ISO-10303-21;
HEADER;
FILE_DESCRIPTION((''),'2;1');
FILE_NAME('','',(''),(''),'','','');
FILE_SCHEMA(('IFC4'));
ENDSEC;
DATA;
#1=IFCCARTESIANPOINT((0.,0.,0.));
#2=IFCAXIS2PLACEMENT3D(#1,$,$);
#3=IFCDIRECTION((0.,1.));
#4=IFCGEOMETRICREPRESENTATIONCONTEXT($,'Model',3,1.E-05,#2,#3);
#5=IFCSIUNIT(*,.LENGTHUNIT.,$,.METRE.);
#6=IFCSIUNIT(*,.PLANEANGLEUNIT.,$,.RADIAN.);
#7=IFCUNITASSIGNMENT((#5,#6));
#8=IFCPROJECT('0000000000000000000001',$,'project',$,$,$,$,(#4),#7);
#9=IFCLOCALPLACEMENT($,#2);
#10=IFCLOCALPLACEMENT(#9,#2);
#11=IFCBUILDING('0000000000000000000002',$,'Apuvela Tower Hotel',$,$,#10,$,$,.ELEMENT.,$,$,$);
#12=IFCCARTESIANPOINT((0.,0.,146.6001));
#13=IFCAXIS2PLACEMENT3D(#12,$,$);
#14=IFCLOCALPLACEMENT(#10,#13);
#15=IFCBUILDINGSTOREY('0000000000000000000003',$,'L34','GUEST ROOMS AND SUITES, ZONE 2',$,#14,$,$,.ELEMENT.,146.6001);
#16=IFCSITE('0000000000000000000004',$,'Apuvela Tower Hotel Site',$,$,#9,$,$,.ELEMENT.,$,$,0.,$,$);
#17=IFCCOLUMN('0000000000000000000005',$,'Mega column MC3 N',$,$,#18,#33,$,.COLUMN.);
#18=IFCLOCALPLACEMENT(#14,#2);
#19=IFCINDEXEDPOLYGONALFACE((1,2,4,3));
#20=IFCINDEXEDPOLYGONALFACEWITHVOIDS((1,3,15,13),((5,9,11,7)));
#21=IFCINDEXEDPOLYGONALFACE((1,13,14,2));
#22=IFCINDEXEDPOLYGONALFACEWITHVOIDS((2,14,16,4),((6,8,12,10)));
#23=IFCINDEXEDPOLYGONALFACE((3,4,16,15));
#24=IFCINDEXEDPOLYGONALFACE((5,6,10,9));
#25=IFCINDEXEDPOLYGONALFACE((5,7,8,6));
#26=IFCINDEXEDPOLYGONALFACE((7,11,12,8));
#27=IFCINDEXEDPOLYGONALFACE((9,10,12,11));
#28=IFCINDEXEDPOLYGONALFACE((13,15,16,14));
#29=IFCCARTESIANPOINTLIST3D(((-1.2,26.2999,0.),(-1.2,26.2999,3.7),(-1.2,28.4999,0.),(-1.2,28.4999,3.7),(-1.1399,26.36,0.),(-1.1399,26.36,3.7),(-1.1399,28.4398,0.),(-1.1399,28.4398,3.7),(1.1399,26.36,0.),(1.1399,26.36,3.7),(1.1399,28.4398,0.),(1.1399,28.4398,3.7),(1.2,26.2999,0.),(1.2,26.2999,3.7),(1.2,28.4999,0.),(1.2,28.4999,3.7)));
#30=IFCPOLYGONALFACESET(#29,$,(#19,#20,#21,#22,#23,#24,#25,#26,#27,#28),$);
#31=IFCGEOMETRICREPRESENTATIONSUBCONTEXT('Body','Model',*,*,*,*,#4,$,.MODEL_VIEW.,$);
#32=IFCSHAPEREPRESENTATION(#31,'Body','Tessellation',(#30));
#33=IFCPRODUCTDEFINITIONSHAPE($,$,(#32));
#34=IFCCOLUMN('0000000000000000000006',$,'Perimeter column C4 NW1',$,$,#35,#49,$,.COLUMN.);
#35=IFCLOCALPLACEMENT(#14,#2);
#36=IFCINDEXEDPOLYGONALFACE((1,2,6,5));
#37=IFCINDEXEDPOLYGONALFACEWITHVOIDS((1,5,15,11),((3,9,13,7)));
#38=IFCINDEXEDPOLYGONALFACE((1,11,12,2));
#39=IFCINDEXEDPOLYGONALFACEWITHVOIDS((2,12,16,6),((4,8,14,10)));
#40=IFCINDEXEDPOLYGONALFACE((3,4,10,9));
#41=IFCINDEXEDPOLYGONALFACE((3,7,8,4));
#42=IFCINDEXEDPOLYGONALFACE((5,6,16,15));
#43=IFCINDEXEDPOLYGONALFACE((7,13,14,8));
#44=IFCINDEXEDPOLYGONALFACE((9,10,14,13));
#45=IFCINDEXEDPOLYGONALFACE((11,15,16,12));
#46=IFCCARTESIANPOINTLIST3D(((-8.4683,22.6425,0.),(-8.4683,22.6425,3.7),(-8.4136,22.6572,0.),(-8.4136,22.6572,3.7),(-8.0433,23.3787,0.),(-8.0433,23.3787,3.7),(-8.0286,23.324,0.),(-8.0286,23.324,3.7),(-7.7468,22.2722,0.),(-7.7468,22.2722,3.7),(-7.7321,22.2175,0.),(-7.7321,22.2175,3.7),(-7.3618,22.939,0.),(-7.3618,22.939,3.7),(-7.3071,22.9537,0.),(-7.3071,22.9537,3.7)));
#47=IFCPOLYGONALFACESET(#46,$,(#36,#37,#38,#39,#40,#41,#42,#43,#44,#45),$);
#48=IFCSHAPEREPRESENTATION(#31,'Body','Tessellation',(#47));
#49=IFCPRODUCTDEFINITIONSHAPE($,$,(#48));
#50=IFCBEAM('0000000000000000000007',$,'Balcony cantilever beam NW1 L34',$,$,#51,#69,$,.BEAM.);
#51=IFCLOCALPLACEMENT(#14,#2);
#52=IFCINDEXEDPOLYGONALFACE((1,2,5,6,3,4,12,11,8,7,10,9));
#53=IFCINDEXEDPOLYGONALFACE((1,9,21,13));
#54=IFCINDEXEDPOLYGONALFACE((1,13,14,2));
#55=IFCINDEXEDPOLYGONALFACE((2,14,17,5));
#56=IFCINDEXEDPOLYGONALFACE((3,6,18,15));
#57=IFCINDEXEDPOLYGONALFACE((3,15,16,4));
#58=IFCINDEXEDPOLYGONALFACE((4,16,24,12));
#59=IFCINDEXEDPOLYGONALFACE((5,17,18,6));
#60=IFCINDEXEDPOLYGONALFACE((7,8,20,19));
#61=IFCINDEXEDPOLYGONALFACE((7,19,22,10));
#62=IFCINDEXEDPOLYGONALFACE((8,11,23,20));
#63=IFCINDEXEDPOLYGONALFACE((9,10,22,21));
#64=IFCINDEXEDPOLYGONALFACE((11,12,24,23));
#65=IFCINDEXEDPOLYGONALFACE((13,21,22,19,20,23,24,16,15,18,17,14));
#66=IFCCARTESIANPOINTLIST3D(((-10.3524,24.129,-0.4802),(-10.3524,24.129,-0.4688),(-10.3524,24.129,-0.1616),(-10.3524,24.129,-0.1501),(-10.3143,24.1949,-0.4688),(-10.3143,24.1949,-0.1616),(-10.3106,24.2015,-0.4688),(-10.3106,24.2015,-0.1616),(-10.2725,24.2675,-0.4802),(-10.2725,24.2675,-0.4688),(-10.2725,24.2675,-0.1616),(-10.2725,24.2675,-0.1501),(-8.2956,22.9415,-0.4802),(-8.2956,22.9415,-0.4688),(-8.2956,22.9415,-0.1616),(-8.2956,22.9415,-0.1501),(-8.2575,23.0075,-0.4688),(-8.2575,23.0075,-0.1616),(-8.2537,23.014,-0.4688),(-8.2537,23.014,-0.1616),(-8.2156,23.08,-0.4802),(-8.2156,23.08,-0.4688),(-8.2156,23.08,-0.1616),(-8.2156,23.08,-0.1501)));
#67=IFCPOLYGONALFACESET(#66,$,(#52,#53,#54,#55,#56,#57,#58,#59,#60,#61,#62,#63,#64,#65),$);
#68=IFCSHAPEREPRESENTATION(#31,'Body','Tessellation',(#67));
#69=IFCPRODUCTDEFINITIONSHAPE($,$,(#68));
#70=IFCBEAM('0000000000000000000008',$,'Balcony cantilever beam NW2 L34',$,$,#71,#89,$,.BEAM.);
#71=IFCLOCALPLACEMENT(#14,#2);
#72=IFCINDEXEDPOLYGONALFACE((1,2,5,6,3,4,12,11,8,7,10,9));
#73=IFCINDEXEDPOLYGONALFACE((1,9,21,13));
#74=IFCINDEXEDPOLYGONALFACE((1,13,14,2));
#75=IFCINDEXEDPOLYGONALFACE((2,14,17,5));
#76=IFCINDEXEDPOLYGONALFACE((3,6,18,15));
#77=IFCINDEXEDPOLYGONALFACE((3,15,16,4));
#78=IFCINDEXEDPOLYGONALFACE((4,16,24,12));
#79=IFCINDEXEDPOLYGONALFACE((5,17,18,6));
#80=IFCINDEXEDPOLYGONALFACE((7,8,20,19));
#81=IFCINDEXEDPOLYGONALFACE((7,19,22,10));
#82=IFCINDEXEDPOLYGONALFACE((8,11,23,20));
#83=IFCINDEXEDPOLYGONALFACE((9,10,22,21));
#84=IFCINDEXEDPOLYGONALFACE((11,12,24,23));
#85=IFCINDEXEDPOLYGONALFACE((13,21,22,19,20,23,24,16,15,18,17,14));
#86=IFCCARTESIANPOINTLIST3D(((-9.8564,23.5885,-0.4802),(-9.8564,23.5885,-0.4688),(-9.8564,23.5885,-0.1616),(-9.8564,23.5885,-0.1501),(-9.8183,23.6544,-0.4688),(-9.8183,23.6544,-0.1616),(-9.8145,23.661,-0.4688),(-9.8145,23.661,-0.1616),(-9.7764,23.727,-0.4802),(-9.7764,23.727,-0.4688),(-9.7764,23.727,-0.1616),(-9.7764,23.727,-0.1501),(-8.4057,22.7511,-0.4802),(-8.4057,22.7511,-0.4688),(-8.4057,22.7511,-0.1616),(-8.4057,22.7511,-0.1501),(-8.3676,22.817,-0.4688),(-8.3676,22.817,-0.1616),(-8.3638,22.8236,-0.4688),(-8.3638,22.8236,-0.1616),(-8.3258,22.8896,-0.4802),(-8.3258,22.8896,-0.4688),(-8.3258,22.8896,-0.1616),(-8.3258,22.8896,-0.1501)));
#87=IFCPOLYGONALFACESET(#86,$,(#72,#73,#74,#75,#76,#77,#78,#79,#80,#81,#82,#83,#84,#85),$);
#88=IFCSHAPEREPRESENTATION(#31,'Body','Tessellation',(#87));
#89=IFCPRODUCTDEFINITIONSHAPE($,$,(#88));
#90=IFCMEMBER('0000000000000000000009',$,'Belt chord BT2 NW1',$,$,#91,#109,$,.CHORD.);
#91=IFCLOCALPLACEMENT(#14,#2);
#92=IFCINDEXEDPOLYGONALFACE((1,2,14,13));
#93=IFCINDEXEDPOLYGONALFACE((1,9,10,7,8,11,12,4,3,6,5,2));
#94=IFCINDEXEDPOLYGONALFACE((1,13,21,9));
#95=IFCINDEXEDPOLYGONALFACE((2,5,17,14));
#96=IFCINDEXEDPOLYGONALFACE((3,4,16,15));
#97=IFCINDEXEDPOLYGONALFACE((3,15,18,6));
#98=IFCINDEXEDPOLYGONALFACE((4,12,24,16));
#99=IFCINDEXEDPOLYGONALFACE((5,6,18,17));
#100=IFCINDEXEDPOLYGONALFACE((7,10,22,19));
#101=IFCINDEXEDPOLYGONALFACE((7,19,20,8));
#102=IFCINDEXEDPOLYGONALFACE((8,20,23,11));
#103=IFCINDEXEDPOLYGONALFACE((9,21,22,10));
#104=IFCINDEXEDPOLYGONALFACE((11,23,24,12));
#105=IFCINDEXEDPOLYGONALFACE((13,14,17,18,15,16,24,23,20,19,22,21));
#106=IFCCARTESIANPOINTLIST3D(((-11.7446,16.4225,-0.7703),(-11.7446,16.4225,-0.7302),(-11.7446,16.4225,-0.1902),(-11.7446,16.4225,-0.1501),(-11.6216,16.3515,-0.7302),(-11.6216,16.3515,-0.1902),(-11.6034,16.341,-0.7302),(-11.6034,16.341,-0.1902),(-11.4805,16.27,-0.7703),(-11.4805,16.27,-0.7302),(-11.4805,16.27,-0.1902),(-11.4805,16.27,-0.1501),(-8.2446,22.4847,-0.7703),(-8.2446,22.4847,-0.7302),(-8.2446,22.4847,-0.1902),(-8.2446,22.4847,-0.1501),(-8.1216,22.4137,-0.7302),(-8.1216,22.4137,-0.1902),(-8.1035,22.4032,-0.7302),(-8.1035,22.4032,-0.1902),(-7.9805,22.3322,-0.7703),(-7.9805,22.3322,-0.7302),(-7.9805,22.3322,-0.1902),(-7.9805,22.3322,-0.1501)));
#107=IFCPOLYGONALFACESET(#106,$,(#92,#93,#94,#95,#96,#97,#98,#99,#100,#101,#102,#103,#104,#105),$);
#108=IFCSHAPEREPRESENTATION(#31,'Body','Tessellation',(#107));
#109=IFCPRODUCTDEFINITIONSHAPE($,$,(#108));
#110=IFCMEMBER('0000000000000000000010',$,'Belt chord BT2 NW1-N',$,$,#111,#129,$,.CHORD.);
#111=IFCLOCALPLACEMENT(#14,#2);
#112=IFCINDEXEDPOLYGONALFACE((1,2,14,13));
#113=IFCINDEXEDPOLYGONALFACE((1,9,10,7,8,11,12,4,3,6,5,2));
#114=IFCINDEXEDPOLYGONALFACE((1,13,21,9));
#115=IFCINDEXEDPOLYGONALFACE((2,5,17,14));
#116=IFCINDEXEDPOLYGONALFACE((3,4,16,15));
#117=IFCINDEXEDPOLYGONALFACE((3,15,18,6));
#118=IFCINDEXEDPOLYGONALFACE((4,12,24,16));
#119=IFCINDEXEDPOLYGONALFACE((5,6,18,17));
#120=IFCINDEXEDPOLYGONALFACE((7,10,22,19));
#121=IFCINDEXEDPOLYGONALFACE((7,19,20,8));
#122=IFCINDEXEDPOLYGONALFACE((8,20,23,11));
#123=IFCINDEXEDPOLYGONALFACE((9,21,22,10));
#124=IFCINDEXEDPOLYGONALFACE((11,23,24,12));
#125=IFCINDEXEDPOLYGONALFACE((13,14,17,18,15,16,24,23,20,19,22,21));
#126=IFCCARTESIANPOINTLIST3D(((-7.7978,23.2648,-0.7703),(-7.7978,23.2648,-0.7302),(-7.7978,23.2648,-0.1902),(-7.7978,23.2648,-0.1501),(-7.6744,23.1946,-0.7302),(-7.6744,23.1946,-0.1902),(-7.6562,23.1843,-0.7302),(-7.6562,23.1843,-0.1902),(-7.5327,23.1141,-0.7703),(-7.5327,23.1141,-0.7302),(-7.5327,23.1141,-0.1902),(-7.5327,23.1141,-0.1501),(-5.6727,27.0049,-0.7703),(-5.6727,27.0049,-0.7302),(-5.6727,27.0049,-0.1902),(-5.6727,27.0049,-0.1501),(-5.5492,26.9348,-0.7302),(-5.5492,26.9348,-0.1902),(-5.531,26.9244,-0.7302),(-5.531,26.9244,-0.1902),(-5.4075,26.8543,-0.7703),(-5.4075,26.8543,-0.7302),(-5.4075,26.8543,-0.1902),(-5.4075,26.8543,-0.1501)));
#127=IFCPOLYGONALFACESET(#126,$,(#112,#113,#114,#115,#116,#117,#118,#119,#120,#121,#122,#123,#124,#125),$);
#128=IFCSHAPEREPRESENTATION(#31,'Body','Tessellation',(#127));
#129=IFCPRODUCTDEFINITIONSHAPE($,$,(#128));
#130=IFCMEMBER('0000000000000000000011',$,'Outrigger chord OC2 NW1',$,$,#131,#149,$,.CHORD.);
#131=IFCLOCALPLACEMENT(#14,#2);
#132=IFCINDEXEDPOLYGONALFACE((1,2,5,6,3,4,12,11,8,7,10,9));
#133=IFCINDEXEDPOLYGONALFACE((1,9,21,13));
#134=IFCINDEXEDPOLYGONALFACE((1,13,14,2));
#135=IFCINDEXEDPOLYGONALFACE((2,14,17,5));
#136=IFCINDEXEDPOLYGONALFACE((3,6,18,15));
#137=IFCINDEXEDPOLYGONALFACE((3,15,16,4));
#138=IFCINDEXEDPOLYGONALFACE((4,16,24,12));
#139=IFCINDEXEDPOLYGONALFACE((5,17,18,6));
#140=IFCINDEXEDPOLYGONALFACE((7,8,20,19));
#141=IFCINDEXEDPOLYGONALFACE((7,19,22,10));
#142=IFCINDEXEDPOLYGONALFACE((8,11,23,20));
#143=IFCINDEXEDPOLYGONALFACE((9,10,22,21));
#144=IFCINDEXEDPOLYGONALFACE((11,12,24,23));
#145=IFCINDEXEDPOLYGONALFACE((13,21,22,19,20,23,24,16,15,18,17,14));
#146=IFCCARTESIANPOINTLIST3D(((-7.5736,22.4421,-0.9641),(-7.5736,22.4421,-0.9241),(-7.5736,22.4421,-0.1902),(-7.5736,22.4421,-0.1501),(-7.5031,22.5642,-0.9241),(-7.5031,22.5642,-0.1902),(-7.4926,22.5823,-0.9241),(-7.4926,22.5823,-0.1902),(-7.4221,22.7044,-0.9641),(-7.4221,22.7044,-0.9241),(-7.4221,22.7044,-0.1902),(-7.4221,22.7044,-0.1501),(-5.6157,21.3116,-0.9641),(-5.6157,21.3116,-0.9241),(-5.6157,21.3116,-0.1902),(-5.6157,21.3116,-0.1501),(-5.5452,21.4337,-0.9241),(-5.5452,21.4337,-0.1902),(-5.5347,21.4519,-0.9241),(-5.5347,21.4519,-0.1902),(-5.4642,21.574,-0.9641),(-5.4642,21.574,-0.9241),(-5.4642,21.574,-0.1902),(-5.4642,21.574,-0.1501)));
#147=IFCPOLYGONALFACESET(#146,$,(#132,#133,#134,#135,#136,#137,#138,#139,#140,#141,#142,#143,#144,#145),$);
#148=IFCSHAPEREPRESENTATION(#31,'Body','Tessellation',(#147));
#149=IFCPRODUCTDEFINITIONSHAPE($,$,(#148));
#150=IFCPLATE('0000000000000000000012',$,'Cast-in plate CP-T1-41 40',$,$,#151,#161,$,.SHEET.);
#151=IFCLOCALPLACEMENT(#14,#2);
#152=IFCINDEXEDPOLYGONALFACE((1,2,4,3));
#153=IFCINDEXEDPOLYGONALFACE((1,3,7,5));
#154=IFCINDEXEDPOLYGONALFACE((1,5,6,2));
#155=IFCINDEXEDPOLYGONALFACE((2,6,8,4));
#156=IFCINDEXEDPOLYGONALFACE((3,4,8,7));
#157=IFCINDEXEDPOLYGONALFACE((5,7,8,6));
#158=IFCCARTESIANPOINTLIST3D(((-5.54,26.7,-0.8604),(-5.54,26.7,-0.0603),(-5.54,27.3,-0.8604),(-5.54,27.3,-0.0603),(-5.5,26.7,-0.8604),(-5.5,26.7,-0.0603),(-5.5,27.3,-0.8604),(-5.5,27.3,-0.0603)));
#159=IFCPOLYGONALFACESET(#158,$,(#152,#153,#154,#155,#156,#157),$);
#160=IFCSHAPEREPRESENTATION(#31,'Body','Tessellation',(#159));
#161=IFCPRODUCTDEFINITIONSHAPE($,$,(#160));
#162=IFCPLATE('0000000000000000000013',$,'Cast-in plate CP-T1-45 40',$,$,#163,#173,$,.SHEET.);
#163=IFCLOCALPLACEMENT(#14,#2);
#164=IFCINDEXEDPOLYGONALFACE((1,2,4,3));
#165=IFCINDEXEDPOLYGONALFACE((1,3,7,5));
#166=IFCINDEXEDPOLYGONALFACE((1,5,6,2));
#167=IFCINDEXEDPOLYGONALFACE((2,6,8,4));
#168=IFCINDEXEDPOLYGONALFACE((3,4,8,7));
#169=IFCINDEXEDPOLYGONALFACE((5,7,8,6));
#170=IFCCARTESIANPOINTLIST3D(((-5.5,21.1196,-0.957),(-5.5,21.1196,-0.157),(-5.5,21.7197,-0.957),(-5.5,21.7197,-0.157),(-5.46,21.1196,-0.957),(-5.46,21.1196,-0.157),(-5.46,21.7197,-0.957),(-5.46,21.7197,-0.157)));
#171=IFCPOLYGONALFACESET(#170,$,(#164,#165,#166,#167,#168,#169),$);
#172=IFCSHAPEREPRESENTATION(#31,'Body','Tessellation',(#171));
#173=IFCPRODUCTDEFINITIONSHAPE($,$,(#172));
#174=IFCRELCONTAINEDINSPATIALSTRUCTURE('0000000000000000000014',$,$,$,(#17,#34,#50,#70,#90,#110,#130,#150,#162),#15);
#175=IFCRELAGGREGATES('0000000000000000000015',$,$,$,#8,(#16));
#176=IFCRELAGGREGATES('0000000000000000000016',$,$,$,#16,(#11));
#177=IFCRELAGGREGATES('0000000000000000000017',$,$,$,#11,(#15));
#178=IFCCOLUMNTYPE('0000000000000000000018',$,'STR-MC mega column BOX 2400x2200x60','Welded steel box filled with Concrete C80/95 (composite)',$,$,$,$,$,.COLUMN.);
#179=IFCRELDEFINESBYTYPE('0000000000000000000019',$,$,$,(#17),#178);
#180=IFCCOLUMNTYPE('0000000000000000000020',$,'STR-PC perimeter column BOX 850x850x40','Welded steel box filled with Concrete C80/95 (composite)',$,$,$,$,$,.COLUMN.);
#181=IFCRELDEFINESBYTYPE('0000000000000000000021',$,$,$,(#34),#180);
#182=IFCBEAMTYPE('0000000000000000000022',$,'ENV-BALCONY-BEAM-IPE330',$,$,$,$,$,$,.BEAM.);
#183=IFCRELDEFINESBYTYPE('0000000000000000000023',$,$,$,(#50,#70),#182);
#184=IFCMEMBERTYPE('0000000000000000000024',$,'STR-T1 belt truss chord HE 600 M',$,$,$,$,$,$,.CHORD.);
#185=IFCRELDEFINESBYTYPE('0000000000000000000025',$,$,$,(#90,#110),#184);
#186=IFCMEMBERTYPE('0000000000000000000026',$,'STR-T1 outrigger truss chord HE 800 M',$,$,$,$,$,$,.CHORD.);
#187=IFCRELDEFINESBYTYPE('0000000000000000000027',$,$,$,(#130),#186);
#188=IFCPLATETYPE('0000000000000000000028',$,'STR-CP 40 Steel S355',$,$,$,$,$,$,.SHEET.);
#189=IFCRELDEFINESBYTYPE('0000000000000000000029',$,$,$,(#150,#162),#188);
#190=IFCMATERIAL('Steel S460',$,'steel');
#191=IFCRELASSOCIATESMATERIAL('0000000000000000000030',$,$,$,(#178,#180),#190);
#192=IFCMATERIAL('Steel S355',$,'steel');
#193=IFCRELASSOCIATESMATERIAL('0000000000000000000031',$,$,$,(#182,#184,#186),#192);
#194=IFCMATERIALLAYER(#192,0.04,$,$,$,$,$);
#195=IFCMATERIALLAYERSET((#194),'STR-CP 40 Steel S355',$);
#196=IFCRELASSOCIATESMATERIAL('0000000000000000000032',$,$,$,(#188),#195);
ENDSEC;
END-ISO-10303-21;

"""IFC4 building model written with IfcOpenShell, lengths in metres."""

from ifc_helpers import new_model, si_unit, direction, frame, origin, origin_2d, place, context, subcontext, project, spatial, rectangle, hollow_rectangle, i_section, extrude, material, layer, layer_set, material_profile, profile_set, type_object, element, save


model = new_model("IFC4")

# Units and contexts
model_context = context("Model", 3, precision=1e-05, world=origin(), true_north=direction((0.0, 1.0)))
body_context = subcontext(model_context, "Body", "Model", "MODEL_VIEW")
ifc_project = project(units=[si_unit("LENGTHUNIT", "METRE"), si_unit("PLANEANGLEUNIT", "RADIAN")], contexts=[model_context])

# Site, building, storey
site_placement = place(None, origin())
site = spatial("IfcSite", under=ifc_project, at=site_placement, Name="Apuvela Tower Hotel Site", CompositionType="ELEMENT", RefElevation=0.0)
building_placement = place(site_placement, origin())
building = spatial("IfcBuilding", under=site, at=building_placement, Name="Apuvela Tower Hotel", CompositionType="ELEMENT")
storey_placement = place(building_placement, frame((0.0, 0.0, 146.6001)))
storey = spatial("IfcBuildingStorey", under=building, at=storey_placement, Name="L34", Description="GUEST ROOMS AND SUITES, ZONE 2", CompositionType="ELEMENT", Elevation=146.6001)

# Columns
ifc_material_1 = material(Name="Steel S460", Category="steel")
ifc_material_profile_1 = material_profile(ifc_material_1, hollow_rectangle(XDim=2.3999, YDim=2.2, WallThickness=0.0601, at=origin_2d()), Name="BOX 2400x2200x60")
ifc_material_2 = material(Name="Concrete C80/95", Category="concrete")
ifc_material_profile_2 = material_profile(ifc_material_2, rectangle(XDim=2.28, YDim=2.0801, at=origin_2d()), Name="Concrete C80/95 infill")
ifc_profile_set_1 = profile_set([ifc_material_profile_1, ifc_material_profile_2], Name="Steel S460")
column_type_1 = type_object("IfcColumnType", Name="STR-MC mega column BOX 2400x2200x60", Description="Welded steel box filled with Concrete C80/95 (composite)", PredefinedType="COLUMN", material=ifc_profile_set_1)
column_1_placement = place(storey_placement, frame((0.0, 27.3999, 0.0), z_axis=(0.0, 0.0, 1.0), x_axis=(1.0, 0.0, 0.0)))
element("IfcColumn", 1, at=column_1_placement, inside=storey, type_object=column_type_1, Name="Mega column MC3 N", PredefinedType="COLUMN", context=body_context, shape_type="SweptSolid", body=[
    extrude(hollow_rectangle(XDim=2.3999, YDim=2.2, WallThickness=0.0601, at=origin_2d()), origin(), (0.0, 0.0, 1.0), 3.7),
])
ifc_material_profile_3 = material_profile(ifc_material_1, hollow_rectangle(XDim=0.8501, YDim=0.8501, WallThickness=0.04, at=origin_2d()), Name="BOX 850x850x40")
ifc_material_profile_4 = material_profile(ifc_material_2, rectangle(XDim=0.77, YDim=0.77, at=origin_2d()), Name="Concrete C80/95 infill")
ifc_profile_set_2 = profile_set([ifc_material_profile_3, ifc_material_profile_4], Name="Steel S460")
column_type_2 = type_object("IfcColumnType", Name="STR-PC perimeter column BOX 850x850x40", Description="Welded steel box filled with Concrete C80/95 (composite)", PredefinedType="COLUMN", material=ifc_profile_set_2)
column_2_placement = place(storey_placement, frame((-7.8877, 22.7981, 0.0), z_axis=(0.0, 0.0, 1.0), x_axis=(0.5, 0.866025, 0.0)))
element("IfcColumn", 2, at=column_2_placement, inside=storey, type_object=column_type_2, Name="Perimeter column C4 NW1", PredefinedType="COLUMN", context=body_context, shape_type="SweptSolid", body=[
    extrude(hollow_rectangle(XDim=0.8501, YDim=0.8501, WallThickness=0.04, at=origin_2d()), origin(), (0.0, 0.0, 1.0), 3.7),
])

# Beams
ifc_material_3 = material(Name="Steel S355", Category="steel")
ifc_material_profile_5 = material_profile(ifc_material_3, i_section(OverallWidth=0.1599, OverallDepth=0.3301, WebThickness=0.0076, FlangeThickness=0.0115, at=origin_2d()), Name="IPE 330")
ifc_profile_set_3 = profile_set([ifc_material_profile_5], Name="Steel S355")
beam_type = type_object("IfcBeamType", Name="ENV-BALCONY-BEAM-IPE330", PredefinedType="BEAM", material=ifc_profile_set_3)
beam_1_placement = place(storey_placement, frame((-8.2556, 23.0107, -0.3152), z_axis=(-0.866033, 0.499986, 0.0), x_axis=(-0.499986, -0.866033, 0.0)))
element("IfcBeam", 3, at=beam_1_placement, inside=storey, type_object=beam_type, Name="Balcony cantilever beam NW1 L34", PredefinedType="BEAM", context=body_context, shape_type="SweptSolid", body=[
    extrude(i_section(OverallWidth=0.1599, OverallDepth=0.3301, WebThickness=0.0076, FlangeThickness=0.0115, at=origin_2d()), origin(), (0.0, 0.0, 1.0), 2.375),
])
beam_2_placement = place(storey_placement, frame((-8.3657, 22.8203, -0.3152), z_axis=(-0.866064, 0.499933, 0.0), x_axis=(-0.499933, -0.866064, 0.0)))
element("IfcBeam", 4, at=beam_2_placement, inside=storey, type_object=beam_type, Name="Balcony cantilever beam NW2 L34", PredefinedType="BEAM", context=body_context, shape_type="SweptSolid", body=[
    extrude(i_section(OverallWidth=0.1599, OverallDepth=0.3301, WebThickness=0.0076, FlangeThickness=0.0115, at=origin_2d()), origin(), (0.0, 0.0, 1.0), 1.675),
])

# Members
ifc_material_profile_6 = material_profile(ifc_material_3, i_section(OverallWidth=0.3049, OverallDepth=0.6201, WebThickness=0.021, FlangeThickness=0.04, at=origin_2d()), Name="HE 600 M")
ifc_profile_set_4 = profile_set([ifc_material_profile_6], Name="Steel S355")
member_type_1 = type_object("IfcMemberType", Name="STR-T1 belt truss chord HE 600 M", PredefinedType="CHORD", material=ifc_profile_set_4)
member_1_placement = place(storey_placement, frame((-8.1125, 22.4084, -0.4602), z_axis=(-0.499995, -0.866028, 0.0), x_axis=(0.866028, -0.499995, 0.0)))
element("IfcMember", 5, at=member_1_placement, inside=storey, type_object=member_type_1, Name="Belt chord BT2 NW1", PredefinedType="CHORD", context=body_context, shape_type="SweptSolid", body=[
    extrude(i_section(OverallWidth=0.3049, OverallDepth=0.6201, WebThickness=0.021, FlangeThickness=0.04, at=origin_2d()), origin(), (0.0, 0.0, 1.0), 7.0),
])
member_2_placement = place(storey_placement, frame((-7.6653, 23.1895, -0.4602), z_axis=(0.494029, 0.869445, 0.0), x_axis=(-0.869445, 0.494029, 0.0)))
element("IfcMember", 6, at=member_2_placement, inside=storey, type_object=member_type_1, Name="Belt chord BT2 NW1-N", PredefinedType="CHORD", context=body_context, shape_type="SweptSolid", body=[
    extrude(i_section(OverallWidth=0.3049, OverallDepth=0.6201, WebThickness=0.021, FlangeThickness=0.04, at=origin_2d()), origin(), (0.0, 0.0, 1.0), 4.3018),
])
ifc_material_profile_7 = material_profile(ifc_material_3, i_section(OverallWidth=0.303, OverallDepth=0.814, WebThickness=0.021, FlangeThickness=0.04, at=origin_2d()), Name="HE 800 M")
ifc_profile_set_5 = profile_set([ifc_material_profile_7], Name="Steel S355")
member_type_2 = type_object("IfcMemberType", Name="STR-T1 outrigger truss chord HE 800 M", PredefinedType="CHORD", material=ifc_profile_set_5)
member_3_placement = place(storey_placement, frame((-7.4978, 22.5732, -0.5571), z_axis=(0.866015, -0.500018, 0.0), x_axis=(0.500018, 0.866015, 0.0)))
element("IfcMember", 7, at=member_3_placement, inside=storey, type_object=member_type_2, Name="Outrigger chord OC2 NW1", PredefinedType="CHORD", context=body_context, shape_type="SweptSolid", body=[
    extrude(i_section(OverallWidth=0.303, OverallDepth=0.814, WebThickness=0.021, FlangeThickness=0.04, at=origin_2d()), origin(), (0.0, 0.0, 1.0), 2.2607),
])

# Plates
ifc_layer_1 = layer(ifc_material_3, 0.04)
ifc_layer_set_1 = layer_set([ifc_layer_1], Name="STR-CP 40 Steel S355")
plate_type = type_object("IfcPlateType", Name="STR-CP 40 Steel S355", PredefinedType="SHEET", material=ifc_layer_set_1)
for number, where, z_axis, x_axis, name in (
    (8, (-5.52, 27.0, -0.8604), (0.0, 0.0, 1.0), (-1.0, 0.0, 0.0), "Cast-in plate CP-T1-41 40"),
    (9, (-5.48, 21.4197, -0.957), (0.0, 0.0, 1.0), (1.0, 0.0, 0.0), "Cast-in plate CP-T1-45 40"),
):
    element("IfcPlate", number, at=place(storey_placement, frame(where, z_axis=z_axis, x_axis=x_axis)), inside=storey, type_object=plate_type, Name=name, PredefinedType="SHEET", context=body_context, shape_type="SweptSolid", body=[
        extrude(rectangle(XDim=0.04, YDim=0.6001, at=origin_2d()), origin(), (0.0, 0.0, 1.0), 0.8),
    ])

save(model, "model.ifc")
